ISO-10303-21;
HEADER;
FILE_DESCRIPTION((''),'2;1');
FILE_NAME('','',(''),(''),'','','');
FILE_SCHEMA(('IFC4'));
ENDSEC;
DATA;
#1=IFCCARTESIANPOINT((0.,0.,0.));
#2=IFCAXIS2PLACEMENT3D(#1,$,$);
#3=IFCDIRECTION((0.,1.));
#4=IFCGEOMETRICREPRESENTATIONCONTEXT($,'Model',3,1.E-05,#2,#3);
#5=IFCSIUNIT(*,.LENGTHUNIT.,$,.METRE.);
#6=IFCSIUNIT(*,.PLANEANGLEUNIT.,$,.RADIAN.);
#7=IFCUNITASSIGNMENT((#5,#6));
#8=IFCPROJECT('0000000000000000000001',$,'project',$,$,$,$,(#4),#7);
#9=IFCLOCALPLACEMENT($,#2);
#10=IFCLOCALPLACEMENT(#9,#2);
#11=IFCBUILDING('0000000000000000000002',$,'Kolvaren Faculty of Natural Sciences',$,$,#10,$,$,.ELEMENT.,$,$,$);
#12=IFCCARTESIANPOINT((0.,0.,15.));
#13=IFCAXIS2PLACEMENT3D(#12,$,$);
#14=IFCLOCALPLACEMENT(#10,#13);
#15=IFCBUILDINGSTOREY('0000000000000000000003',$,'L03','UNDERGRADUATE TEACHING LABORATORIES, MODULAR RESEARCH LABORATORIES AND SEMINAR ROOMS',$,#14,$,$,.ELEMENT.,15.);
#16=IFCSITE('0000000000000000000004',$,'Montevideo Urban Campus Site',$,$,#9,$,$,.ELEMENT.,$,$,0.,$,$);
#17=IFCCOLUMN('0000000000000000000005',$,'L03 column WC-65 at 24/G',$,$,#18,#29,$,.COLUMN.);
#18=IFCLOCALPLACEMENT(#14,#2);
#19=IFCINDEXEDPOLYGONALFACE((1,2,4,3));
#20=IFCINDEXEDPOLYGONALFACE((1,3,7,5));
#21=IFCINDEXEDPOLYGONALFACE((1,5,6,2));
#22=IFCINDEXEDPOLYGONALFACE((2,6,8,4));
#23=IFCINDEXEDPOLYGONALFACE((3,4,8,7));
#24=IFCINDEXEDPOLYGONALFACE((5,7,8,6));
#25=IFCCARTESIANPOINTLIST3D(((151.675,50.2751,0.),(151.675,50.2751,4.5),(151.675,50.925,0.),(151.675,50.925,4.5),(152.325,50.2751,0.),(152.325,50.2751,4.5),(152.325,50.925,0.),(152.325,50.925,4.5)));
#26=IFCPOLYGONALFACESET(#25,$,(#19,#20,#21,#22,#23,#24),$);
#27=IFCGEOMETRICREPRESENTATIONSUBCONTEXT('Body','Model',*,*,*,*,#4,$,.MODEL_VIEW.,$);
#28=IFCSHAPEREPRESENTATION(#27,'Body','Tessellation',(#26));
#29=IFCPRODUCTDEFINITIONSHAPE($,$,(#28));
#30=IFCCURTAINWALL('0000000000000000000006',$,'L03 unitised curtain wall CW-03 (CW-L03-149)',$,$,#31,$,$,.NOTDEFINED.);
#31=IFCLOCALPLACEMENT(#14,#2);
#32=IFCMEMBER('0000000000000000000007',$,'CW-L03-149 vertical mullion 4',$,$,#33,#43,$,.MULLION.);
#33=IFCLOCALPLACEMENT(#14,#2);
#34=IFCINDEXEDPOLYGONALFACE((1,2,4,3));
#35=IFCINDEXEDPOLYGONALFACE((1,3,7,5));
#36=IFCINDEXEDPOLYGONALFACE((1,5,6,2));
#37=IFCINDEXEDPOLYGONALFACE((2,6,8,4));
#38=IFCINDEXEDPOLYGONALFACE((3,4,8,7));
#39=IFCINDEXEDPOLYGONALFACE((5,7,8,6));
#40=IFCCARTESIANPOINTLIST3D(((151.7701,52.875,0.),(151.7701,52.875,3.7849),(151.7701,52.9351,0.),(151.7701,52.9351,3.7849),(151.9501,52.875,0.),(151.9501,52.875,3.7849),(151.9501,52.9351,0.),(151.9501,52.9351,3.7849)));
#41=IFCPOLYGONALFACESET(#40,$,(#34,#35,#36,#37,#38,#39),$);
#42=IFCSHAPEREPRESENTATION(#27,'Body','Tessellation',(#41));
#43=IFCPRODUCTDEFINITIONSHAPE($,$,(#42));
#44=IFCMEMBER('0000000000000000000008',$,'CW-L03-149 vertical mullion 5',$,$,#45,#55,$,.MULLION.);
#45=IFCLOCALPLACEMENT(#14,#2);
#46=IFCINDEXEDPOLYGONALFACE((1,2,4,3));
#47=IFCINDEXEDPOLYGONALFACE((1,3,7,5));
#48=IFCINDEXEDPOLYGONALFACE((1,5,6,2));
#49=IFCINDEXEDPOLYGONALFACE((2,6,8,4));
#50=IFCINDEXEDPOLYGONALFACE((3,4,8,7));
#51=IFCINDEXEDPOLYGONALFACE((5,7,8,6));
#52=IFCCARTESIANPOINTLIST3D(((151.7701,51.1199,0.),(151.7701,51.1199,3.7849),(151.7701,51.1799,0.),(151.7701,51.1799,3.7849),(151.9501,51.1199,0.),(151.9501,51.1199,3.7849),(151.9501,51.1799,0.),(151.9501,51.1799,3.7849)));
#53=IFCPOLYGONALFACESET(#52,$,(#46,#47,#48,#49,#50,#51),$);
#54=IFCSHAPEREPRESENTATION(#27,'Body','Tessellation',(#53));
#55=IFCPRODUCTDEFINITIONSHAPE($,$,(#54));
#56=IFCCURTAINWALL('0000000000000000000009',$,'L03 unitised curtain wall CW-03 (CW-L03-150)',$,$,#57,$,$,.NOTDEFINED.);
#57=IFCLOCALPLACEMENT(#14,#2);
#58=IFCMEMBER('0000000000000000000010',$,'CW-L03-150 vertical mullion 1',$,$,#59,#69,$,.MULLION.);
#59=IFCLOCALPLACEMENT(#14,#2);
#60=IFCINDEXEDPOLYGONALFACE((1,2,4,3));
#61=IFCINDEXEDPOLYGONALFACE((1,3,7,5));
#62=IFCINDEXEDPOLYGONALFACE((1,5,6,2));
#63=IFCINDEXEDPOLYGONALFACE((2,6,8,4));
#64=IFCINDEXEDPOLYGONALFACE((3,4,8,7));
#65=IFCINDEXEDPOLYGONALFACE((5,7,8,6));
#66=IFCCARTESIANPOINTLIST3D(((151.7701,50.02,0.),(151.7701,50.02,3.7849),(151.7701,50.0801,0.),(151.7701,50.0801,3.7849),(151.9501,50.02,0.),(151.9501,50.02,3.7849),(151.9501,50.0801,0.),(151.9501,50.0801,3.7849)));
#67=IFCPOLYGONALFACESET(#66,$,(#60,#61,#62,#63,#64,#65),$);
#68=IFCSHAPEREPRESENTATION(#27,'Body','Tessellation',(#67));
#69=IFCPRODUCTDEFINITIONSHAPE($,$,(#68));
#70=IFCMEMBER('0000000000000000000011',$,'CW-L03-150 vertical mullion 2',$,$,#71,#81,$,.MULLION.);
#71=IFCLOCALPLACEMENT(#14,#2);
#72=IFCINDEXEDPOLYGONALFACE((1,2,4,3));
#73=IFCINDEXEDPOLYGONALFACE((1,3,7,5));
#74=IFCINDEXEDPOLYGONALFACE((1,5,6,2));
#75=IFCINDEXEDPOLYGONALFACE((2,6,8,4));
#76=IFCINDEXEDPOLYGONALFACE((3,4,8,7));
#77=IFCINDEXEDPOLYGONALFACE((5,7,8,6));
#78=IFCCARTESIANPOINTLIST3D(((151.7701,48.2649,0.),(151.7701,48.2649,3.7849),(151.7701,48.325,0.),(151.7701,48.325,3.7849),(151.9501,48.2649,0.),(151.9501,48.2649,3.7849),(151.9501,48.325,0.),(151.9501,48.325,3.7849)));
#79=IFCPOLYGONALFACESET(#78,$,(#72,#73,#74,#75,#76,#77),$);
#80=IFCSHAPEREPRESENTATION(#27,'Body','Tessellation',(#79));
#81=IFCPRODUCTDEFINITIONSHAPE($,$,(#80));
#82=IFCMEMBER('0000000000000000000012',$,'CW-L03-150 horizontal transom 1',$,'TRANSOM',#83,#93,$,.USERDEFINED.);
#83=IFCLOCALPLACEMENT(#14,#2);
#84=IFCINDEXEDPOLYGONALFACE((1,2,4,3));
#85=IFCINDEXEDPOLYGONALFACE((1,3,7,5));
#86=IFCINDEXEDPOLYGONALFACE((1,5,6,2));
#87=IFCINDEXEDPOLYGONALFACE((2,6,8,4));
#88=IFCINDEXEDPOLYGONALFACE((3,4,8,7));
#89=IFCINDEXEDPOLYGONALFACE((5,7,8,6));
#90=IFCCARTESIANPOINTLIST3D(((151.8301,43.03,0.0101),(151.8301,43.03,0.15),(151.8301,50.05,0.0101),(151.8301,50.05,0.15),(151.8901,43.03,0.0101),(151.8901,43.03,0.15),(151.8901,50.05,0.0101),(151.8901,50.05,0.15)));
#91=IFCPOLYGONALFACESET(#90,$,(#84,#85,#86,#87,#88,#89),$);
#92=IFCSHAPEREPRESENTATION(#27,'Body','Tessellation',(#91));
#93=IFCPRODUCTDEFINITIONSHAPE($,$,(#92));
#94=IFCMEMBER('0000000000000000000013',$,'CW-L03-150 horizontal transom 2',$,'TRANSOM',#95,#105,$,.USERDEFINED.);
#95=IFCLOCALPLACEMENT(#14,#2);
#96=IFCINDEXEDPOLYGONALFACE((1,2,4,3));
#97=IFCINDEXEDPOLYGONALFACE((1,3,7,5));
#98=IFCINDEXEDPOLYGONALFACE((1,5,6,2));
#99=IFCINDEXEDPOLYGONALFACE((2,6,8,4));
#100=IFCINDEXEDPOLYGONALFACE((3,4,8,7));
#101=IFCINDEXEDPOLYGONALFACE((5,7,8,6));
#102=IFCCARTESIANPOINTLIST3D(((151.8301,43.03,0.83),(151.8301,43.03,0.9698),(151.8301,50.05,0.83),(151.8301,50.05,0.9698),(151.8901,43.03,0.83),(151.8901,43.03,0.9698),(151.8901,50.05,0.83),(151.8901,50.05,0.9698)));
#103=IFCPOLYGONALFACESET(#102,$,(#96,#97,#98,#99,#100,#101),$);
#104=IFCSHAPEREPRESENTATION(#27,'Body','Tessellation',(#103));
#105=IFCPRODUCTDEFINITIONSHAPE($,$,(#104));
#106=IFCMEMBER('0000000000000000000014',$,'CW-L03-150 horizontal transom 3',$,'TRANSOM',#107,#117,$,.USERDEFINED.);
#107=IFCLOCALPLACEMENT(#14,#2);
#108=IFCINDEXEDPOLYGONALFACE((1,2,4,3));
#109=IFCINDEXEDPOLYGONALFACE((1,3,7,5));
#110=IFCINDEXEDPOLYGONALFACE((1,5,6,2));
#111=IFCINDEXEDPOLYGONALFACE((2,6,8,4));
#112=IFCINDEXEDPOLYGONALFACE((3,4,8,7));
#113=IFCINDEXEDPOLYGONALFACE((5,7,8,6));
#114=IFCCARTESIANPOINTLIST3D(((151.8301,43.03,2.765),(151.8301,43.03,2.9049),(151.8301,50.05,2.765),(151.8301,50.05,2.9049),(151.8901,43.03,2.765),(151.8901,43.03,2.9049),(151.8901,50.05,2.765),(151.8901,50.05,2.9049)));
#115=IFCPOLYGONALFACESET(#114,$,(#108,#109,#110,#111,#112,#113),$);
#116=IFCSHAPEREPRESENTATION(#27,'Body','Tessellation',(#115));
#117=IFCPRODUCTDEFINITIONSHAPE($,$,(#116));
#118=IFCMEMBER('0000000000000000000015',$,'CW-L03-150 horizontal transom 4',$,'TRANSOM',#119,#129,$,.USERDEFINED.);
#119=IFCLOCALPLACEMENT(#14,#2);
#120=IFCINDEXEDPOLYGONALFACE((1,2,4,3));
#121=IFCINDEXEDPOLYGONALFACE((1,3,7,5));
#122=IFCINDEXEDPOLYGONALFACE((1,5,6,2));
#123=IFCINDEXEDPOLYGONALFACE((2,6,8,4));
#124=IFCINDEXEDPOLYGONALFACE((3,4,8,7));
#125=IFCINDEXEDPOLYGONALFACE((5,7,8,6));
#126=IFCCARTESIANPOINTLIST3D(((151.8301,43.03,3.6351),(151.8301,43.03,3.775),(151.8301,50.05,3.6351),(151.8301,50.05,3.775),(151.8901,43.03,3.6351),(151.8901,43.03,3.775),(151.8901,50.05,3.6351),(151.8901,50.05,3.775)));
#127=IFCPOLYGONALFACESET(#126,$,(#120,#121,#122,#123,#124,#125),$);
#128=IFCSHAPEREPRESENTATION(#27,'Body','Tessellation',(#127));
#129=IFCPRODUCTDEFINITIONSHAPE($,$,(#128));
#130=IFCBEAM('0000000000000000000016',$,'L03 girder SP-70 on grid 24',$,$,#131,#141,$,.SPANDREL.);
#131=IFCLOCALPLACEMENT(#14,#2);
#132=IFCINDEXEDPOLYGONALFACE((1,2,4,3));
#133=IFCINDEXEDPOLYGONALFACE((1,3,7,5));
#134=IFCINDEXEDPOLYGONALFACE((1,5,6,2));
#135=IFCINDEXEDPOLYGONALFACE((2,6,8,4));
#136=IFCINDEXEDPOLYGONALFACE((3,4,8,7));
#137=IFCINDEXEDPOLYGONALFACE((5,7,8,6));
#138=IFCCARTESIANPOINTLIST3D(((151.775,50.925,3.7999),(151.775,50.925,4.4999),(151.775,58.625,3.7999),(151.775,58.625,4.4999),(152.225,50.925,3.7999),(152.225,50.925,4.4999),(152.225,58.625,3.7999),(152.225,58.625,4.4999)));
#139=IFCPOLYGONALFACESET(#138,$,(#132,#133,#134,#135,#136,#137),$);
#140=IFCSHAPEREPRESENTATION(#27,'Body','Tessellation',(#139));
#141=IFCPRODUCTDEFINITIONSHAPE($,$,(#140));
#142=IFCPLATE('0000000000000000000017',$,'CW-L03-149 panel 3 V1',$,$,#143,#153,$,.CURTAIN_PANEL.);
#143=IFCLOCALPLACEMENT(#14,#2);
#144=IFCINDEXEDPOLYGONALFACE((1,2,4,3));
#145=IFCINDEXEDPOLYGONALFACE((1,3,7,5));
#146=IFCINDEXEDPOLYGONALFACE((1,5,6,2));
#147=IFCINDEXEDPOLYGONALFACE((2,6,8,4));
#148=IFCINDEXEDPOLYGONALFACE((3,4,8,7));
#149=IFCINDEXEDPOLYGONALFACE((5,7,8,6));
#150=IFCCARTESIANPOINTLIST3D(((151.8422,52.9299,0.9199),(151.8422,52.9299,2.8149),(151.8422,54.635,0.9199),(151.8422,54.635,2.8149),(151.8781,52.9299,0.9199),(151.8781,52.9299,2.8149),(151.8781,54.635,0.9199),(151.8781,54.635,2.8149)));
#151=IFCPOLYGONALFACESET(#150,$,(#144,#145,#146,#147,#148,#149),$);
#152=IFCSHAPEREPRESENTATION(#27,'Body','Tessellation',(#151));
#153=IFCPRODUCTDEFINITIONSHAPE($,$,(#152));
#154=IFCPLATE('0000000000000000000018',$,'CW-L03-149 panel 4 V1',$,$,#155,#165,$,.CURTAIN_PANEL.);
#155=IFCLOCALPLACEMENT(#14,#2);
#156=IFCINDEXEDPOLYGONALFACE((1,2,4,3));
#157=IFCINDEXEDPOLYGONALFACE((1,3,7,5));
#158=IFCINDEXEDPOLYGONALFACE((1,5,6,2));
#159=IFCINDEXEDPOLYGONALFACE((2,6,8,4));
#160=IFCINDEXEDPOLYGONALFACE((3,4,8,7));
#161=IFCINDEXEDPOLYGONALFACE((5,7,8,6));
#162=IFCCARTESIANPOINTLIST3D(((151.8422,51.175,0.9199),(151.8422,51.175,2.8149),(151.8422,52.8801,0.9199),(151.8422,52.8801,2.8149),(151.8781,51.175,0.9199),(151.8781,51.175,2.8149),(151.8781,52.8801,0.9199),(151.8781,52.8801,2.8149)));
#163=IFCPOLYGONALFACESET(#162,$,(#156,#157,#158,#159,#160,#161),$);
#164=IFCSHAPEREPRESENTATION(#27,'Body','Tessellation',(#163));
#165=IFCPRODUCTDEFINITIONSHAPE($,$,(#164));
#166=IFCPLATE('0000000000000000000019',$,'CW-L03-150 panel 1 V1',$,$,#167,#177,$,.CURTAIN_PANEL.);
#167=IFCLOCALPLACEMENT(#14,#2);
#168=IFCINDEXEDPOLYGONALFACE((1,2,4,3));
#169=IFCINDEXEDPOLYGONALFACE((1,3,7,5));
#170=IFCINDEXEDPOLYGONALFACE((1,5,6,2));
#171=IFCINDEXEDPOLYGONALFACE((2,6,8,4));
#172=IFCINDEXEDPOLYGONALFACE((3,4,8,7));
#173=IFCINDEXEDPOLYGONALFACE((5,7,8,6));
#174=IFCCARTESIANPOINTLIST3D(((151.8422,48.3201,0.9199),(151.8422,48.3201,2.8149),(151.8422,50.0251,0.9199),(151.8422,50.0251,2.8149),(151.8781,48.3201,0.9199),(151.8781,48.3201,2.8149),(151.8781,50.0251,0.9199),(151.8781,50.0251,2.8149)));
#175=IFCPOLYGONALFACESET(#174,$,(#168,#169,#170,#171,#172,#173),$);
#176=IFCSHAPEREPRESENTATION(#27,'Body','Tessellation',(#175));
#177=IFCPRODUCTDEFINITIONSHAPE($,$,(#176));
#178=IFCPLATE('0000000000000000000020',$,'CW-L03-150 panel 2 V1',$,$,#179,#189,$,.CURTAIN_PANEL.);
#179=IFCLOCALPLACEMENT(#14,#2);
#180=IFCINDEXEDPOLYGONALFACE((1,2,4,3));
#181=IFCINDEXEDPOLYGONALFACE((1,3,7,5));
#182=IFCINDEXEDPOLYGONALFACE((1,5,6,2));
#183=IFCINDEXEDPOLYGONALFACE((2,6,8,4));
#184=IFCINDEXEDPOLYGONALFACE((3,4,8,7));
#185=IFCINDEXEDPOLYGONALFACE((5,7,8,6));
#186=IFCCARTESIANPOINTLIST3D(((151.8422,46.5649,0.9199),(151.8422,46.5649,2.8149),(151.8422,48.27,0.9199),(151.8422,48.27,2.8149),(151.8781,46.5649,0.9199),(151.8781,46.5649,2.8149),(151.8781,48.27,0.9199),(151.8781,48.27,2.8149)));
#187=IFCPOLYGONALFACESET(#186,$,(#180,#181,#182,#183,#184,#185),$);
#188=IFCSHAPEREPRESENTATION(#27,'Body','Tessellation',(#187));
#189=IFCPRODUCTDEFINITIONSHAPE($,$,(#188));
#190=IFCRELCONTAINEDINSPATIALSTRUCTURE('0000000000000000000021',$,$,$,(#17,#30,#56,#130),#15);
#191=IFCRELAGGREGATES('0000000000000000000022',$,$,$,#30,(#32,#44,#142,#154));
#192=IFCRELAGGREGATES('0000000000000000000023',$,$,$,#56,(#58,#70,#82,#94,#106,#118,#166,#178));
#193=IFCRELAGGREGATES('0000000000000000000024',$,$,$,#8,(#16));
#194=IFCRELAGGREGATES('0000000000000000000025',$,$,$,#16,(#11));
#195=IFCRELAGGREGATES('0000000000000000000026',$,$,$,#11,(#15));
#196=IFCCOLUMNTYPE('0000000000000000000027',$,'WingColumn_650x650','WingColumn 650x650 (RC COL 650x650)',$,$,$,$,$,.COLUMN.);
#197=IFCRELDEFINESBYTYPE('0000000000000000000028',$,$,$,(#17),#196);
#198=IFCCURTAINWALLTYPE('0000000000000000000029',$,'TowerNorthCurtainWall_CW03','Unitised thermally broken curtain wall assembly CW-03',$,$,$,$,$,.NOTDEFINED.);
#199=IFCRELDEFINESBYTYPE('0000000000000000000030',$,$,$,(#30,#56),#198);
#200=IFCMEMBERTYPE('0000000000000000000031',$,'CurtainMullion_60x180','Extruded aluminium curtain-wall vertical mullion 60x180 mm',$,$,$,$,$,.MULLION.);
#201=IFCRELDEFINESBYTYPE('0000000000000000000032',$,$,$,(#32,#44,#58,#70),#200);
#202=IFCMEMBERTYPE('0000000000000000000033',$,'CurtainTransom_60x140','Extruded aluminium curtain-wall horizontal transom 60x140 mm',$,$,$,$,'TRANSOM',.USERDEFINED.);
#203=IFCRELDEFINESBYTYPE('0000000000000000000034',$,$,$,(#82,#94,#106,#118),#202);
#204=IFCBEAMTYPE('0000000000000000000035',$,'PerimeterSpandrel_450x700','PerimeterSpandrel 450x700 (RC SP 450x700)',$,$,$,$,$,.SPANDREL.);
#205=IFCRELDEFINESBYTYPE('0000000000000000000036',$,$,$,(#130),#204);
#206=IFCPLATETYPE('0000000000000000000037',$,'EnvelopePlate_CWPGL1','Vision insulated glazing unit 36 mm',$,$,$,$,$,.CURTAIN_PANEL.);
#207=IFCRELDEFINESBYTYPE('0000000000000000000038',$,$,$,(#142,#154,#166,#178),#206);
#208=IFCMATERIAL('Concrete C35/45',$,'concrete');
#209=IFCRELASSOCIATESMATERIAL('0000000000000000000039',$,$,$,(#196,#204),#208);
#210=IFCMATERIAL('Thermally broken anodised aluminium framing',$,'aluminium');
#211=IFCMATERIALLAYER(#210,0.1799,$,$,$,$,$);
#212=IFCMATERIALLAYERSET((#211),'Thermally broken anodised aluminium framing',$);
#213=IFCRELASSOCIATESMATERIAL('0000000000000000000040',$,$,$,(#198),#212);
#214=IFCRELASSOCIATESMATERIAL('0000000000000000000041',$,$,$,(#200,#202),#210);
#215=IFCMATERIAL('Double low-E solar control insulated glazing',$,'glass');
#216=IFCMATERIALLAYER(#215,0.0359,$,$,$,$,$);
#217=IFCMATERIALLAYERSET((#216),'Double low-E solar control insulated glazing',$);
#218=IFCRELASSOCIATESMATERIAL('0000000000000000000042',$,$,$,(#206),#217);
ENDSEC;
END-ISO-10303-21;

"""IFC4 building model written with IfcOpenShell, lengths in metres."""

from ifc_helpers import new_model, si_unit, direction, frame, origin, origin_2d, place, context, subcontext, project, spatial, rectangle, extrude, material, layer, layer_set, material_profile, profile_set, type_object, element, aggregate, save


model = new_model("IFC4")

# Units and contexts
model_context = context("Model", 3, precision=1e-05, world=origin(), true_north=direction((0.0, 1.0)))
body_context = subcontext(model_context, "Body", "Model", "MODEL_VIEW")
ifc_project = project(units=[si_unit("LENGTHUNIT", "METRE"), si_unit("PLANEANGLEUNIT", "RADIAN")], contexts=[model_context])

# Site, building, storey
site_placement = place(None, origin())
site = spatial("IfcSite", under=ifc_project, at=site_placement, Name="Montevideo Urban Campus Site", CompositionType="ELEMENT", RefElevation=0.0)
building_placement = place(site_placement, origin())
building = spatial("IfcBuilding", under=site, at=building_placement, Name="Kolvaren Faculty of Natural Sciences", CompositionType="ELEMENT")
storey_placement = place(building_placement, frame((0.0, 0.0, 15.0)))
storey = spatial("IfcBuildingStorey", under=building, at=storey_placement, Name="L03", Description="UNDERGRADUATE TEACHING LABORATORIES, MODULAR RESEARCH LABORATORIES AND SEMINAR ROOMS", CompositionType="ELEMENT", Elevation=15.0)

# Column
ifc_material_1 = material(Name="Concrete C35/45", Category="concrete")
ifc_material_profile_1 = material_profile(ifc_material_1, rectangle(XDim=0.6499, YDim=0.6499, at=origin_2d()), Name="RC COL 650x650")
ifc_profile_set_1 = profile_set([ifc_material_profile_1], Name="Concrete C35/45")
column_type = type_object("IfcColumnType", Name="WingColumn_650x650", Description="WingColumn 650x650 (RC COL 650x650)", PredefinedType="COLUMN", material=ifc_profile_set_1)
column_placement = place(storey_placement, frame((152.0, 50.6001, 0.0), z_axis=(0.0, 0.0, 1.0), x_axis=(1.0, 0.0, 0.0)))
element("IfcColumn", 1, at=column_placement, inside=storey, type_object=column_type, Name="L03 column WC-65 at 24/G", PredefinedType="COLUMN", context=body_context, shape_type="SweptSolid", body=[
    extrude(rectangle(XDim=0.6499, YDim=0.6499, at=origin_2d()), origin(), (0.0, 0.0, 1.0), 4.5),
])

# Curtain walls, members
ifc_material_2 = material(Name="Thermally broken anodised aluminium framing", Category="aluminium")
ifc_layer_1 = layer(ifc_material_2, 0.1799)
ifc_layer_set_1 = layer_set([ifc_layer_1], Name="Thermally broken anodised aluminium framing")
curtain_wall_type = type_object("IfcCurtainWallType", Name="TowerNorthCurtainWall_CW03", Description="Unitised thermally broken curtain wall assembly CW-03", PredefinedType="NOTDEFINED", material=ifc_layer_set_1)
curtain_wall_1_placement = place(storey_placement, origin())
curtain_wall_1 = element("IfcCurtainWall", 2, at=curtain_wall_1_placement, inside=storey, type_object=curtain_wall_type, Name="L03 unitised curtain wall CW-03 (CW-L03-149)", PredefinedType="NOTDEFINED")
ifc_material_profile_2 = material_profile(ifc_material_2, rectangle(XDim=0.0601, YDim=0.1799, at=origin_2d()), Name="ALU MUL 60x180")
ifc_profile_set_2 = profile_set([ifc_material_profile_2], Name="Thermally broken anodised aluminium framing")
member_type_1 = type_object("IfcMemberType", Name="CurtainMullion_60x180", Description="Extruded aluminium curtain-wall vertical mullion 60x180 mm", PredefinedType="MULLION", material=ifc_profile_set_2)
member_1_placement = place(storey_placement, frame((151.8601, 52.905, 0.0), z_axis=(0.0, 0.0, 1.0), x_axis=(0.0, -1.0, 0.0)))
member_1 = element("IfcMember", 3, at=member_1_placement, type_object=member_type_1, Name="CW-L03-149 vertical mullion 4", PredefinedType="MULLION", context=body_context, shape_type="SweptSolid", body=[
    extrude(rectangle(XDim=0.0601, YDim=0.1799, at=origin_2d()), origin(), (0.0, 0.0, 1.0), 3.7849),
])
member_2_placement = place(storey_placement, frame((151.8601, 51.1499, 0.0), z_axis=(0.0, 0.0, 1.0), x_axis=(0.0, -1.0, 0.0)))
member_2 = element("IfcMember", 4, at=member_2_placement, type_object=member_type_1, Name="CW-L03-149 vertical mullion 5", PredefinedType="MULLION", context=body_context, shape_type="SweptSolid", body=[
    extrude(rectangle(XDim=0.0601, YDim=0.1799, at=origin_2d()), origin(), (0.0, 0.0, 1.0), 3.7849),
])
curtain_wall_2_placement = place(storey_placement, origin())
curtain_wall_2 = element("IfcCurtainWall", 5, at=curtain_wall_2_placement, inside=storey, type_object=curtain_wall_type, Name="L03 unitised curtain wall CW-03 (CW-L03-150)", PredefinedType="NOTDEFINED")
member_3_placement = place(storey_placement, frame((151.8601, 50.05, 0.0), z_axis=(0.0, 0.0, 1.0), x_axis=(0.0, -1.0, 0.0)))
member_3 = element("IfcMember", 6, at=member_3_placement, type_object=member_type_1, Name="CW-L03-150 vertical mullion 1", PredefinedType="MULLION", context=body_context, shape_type="SweptSolid", body=[
    extrude(rectangle(XDim=0.0601, YDim=0.1799, at=origin_2d()), origin(), (0.0, 0.0, 1.0), 3.7849),
])
member_4_placement = place(storey_placement, frame((151.8601, 48.2949, 0.0), z_axis=(0.0, 0.0, 1.0), x_axis=(0.0, -1.0, 0.0)))
member_4 = element("IfcMember", 7, at=member_4_placement, type_object=member_type_1, Name="CW-L03-150 vertical mullion 2", PredefinedType="MULLION", context=body_context, shape_type="SweptSolid", body=[
    extrude(rectangle(XDim=0.0601, YDim=0.1799, at=origin_2d()), origin(), (0.0, 0.0, 1.0), 3.7849),
])
ifc_material_profile_3 = material_profile(ifc_material_2, rectangle(XDim=0.0601, YDim=0.1399, at=origin_2d()), Name="ALU TRN 60x140")
ifc_profile_set_3 = profile_set([ifc_material_profile_3], Name="Thermally broken anodised aluminium framing")
member_type_2 = type_object("IfcMemberType", Name="CurtainTransom_60x140", Description="Extruded aluminium curtain-wall horizontal transom 60x140 mm", ElementType="TRANSOM", PredefinedType="USERDEFINED", material=ifc_profile_set_3)
member_5_placement = place(storey_placement, frame((151.8601, 50.05, 0.0801), z_axis=(0.0, -1.0, 0.0), x_axis=(1.0, 0.0, 0.0)))
member_5 = element("IfcMember", 8, at=member_5_placement, type_object=member_type_2, Name="CW-L03-150 horizontal transom 1", ObjectType="TRANSOM", PredefinedType="USERDEFINED", context=body_context, shape_type="SweptSolid", body=[
    extrude(rectangle(XDim=0.0601, YDim=0.1399, at=origin_2d()), origin(), (0.0, 0.0, 1.0), 7.02),
])
member_6_placement = place(storey_placement, frame((151.8601, 50.05, 0.8999), z_axis=(0.0, -1.0, 0.0), x_axis=(1.0, 0.0, 0.0)))
member_6 = element("IfcMember", 9, at=member_6_placement, type_object=member_type_2, Name="CW-L03-150 horizontal transom 2", ObjectType="TRANSOM", PredefinedType="USERDEFINED", context=body_context, shape_type="SweptSolid", body=[
    extrude(rectangle(XDim=0.0601, YDim=0.1399, at=origin_2d()), origin(), (0.0, 0.0, 1.0), 7.02),
])
member_7_placement = place(storey_placement, frame((151.8601, 50.05, 2.835), z_axis=(0.0, -1.0, 0.0), x_axis=(1.0, 0.0, 0.0)))
member_7 = element("IfcMember", 10, at=member_7_placement, type_object=member_type_2, Name="CW-L03-150 horizontal transom 3", ObjectType="TRANSOM", PredefinedType="USERDEFINED", context=body_context, shape_type="SweptSolid", body=[
    extrude(rectangle(XDim=0.0601, YDim=0.1399, at=origin_2d()), origin(), (0.0, 0.0, 1.0), 7.02),
])
member_8_placement = place(storey_placement, frame((151.8601, 50.05, 3.7051), z_axis=(0.0, -1.0, 0.0), x_axis=(1.0, 0.0, 0.0)))
member_8 = element("IfcMember", 11, at=member_8_placement, type_object=member_type_2, Name="CW-L03-150 horizontal transom 4", ObjectType="TRANSOM", PredefinedType="USERDEFINED", context=body_context, shape_type="SweptSolid", body=[
    extrude(rectangle(XDim=0.0601, YDim=0.1399, at=origin_2d()), origin(), (0.0, 0.0, 1.0), 7.02),
])

# Beam
ifc_material_profile_4 = material_profile(ifc_material_1, rectangle(XDim=0.45, YDim=0.7, at=origin_2d()), Name="RC SP 450x700")
ifc_profile_set_4 = profile_set([ifc_material_profile_4], Name="Concrete C35/45")
beam_type = type_object("IfcBeamType", Name="PerimeterSpandrel_450x700", Description="PerimeterSpandrel 450x700 (RC SP 450x700)", PredefinedType="SPANDREL", material=ifc_profile_set_4)
beam_placement = place(storey_placement, frame((152.0, 50.925, 4.1499), z_axis=(0.0, 1.0, 0.0), x_axis=(-1.0, 0.0, 0.0)))
element("IfcBeam", 12, at=beam_placement, inside=storey, type_object=beam_type, Name="L03 girder SP-70 on grid 24", PredefinedType="SPANDREL", context=body_context, shape_type="SweptSolid", body=[
    extrude(rectangle(XDim=0.45, YDim=0.7, at=origin_2d()), origin(), (0.0, 0.0, 1.0), 7.7),
])

# Plates
ifc_material_3 = material(Name="Double low-E solar control insulated glazing", Category="glass")
ifc_layer_2 = layer(ifc_material_3, 0.0359)
ifc_layer_set_2 = layer_set([ifc_layer_2], Name="Double low-E solar control insulated glazing")
plate_type_1 = type_object("IfcPlateType", Name="EnvelopePlate_CWPGL1", Description="Vision insulated glazing unit 36 mm", PredefinedType="CURTAIN_PANEL", material=ifc_layer_set_2)
plate_1_placement = place(storey_placement, frame((151.8601, 53.7825, 0.9199), z_axis=(0.0, 0.0, 1.0), x_axis=(0.0, -1.0, 0.0)))
plate_1 = element("IfcPlate", 13, at=plate_1_placement, type_object=plate_type_1, Name="CW-L03-149 panel 3 V1", PredefinedType="CURTAIN_PANEL", context=body_context, shape_type="SweptSolid", body=[
    extrude(rectangle(XDim=1.7051, YDim=0.0359, at=origin_2d()), origin(), (0.0, 0.0, 1.0), 1.895),
])
plate_2_placement = place(storey_placement, frame((151.8601, 52.0276, 0.9199), z_axis=(0.0, 0.0, 1.0), x_axis=(0.0, -1.0, 0.0)))
plate_2 = element("IfcPlate", 14, at=plate_2_placement, type_object=plate_type_1, Name="CW-L03-149 panel 4 V1", PredefinedType="CURTAIN_PANEL", context=body_context, shape_type="SweptSolid", body=[
    extrude(rectangle(XDim=1.7051, YDim=0.0359, at=origin_2d()), origin(), (0.0, 0.0, 1.0), 1.895),
])
plate_3_placement = place(storey_placement, frame((151.8601, 49.1726, 0.9199), z_axis=(0.0, 0.0, 1.0), x_axis=(0.0, -1.0, 0.0)))
plate_3 = element("IfcPlate", 15, at=plate_3_placement, type_object=plate_type_1, Name="CW-L03-150 panel 1 V1", PredefinedType="CURTAIN_PANEL", context=body_context, shape_type="SweptSolid", body=[
    extrude(rectangle(XDim=1.7051, YDim=0.0359, at=origin_2d()), origin(), (0.0, 0.0, 1.0), 1.895),
])
plate_4_placement = place(storey_placement, frame((151.8601, 47.4175, 0.9199), z_axis=(0.0, 0.0, 1.0), x_axis=(0.0, -1.0, 0.0)))
plate_4 = element("IfcPlate", 16, at=plate_4_placement, type_object=plate_type_1, Name="CW-L03-150 panel 2 V1", PredefinedType="CURTAIN_PANEL", context=body_context, shape_type="SweptSolid", body=[
    extrude(rectangle(XDim=1.7051, YDim=0.0359, at=origin_2d()), origin(), (0.0, 0.0, 1.0), 1.895),
])
aggregate(curtain_wall_1, [member_1, member_2, plate_1, plate_2])
aggregate(curtain_wall_2, [member_3, member_4, member_5, member_6, member_7, member_8, plate_3, plate_4])

save(model, "model.ifc")
